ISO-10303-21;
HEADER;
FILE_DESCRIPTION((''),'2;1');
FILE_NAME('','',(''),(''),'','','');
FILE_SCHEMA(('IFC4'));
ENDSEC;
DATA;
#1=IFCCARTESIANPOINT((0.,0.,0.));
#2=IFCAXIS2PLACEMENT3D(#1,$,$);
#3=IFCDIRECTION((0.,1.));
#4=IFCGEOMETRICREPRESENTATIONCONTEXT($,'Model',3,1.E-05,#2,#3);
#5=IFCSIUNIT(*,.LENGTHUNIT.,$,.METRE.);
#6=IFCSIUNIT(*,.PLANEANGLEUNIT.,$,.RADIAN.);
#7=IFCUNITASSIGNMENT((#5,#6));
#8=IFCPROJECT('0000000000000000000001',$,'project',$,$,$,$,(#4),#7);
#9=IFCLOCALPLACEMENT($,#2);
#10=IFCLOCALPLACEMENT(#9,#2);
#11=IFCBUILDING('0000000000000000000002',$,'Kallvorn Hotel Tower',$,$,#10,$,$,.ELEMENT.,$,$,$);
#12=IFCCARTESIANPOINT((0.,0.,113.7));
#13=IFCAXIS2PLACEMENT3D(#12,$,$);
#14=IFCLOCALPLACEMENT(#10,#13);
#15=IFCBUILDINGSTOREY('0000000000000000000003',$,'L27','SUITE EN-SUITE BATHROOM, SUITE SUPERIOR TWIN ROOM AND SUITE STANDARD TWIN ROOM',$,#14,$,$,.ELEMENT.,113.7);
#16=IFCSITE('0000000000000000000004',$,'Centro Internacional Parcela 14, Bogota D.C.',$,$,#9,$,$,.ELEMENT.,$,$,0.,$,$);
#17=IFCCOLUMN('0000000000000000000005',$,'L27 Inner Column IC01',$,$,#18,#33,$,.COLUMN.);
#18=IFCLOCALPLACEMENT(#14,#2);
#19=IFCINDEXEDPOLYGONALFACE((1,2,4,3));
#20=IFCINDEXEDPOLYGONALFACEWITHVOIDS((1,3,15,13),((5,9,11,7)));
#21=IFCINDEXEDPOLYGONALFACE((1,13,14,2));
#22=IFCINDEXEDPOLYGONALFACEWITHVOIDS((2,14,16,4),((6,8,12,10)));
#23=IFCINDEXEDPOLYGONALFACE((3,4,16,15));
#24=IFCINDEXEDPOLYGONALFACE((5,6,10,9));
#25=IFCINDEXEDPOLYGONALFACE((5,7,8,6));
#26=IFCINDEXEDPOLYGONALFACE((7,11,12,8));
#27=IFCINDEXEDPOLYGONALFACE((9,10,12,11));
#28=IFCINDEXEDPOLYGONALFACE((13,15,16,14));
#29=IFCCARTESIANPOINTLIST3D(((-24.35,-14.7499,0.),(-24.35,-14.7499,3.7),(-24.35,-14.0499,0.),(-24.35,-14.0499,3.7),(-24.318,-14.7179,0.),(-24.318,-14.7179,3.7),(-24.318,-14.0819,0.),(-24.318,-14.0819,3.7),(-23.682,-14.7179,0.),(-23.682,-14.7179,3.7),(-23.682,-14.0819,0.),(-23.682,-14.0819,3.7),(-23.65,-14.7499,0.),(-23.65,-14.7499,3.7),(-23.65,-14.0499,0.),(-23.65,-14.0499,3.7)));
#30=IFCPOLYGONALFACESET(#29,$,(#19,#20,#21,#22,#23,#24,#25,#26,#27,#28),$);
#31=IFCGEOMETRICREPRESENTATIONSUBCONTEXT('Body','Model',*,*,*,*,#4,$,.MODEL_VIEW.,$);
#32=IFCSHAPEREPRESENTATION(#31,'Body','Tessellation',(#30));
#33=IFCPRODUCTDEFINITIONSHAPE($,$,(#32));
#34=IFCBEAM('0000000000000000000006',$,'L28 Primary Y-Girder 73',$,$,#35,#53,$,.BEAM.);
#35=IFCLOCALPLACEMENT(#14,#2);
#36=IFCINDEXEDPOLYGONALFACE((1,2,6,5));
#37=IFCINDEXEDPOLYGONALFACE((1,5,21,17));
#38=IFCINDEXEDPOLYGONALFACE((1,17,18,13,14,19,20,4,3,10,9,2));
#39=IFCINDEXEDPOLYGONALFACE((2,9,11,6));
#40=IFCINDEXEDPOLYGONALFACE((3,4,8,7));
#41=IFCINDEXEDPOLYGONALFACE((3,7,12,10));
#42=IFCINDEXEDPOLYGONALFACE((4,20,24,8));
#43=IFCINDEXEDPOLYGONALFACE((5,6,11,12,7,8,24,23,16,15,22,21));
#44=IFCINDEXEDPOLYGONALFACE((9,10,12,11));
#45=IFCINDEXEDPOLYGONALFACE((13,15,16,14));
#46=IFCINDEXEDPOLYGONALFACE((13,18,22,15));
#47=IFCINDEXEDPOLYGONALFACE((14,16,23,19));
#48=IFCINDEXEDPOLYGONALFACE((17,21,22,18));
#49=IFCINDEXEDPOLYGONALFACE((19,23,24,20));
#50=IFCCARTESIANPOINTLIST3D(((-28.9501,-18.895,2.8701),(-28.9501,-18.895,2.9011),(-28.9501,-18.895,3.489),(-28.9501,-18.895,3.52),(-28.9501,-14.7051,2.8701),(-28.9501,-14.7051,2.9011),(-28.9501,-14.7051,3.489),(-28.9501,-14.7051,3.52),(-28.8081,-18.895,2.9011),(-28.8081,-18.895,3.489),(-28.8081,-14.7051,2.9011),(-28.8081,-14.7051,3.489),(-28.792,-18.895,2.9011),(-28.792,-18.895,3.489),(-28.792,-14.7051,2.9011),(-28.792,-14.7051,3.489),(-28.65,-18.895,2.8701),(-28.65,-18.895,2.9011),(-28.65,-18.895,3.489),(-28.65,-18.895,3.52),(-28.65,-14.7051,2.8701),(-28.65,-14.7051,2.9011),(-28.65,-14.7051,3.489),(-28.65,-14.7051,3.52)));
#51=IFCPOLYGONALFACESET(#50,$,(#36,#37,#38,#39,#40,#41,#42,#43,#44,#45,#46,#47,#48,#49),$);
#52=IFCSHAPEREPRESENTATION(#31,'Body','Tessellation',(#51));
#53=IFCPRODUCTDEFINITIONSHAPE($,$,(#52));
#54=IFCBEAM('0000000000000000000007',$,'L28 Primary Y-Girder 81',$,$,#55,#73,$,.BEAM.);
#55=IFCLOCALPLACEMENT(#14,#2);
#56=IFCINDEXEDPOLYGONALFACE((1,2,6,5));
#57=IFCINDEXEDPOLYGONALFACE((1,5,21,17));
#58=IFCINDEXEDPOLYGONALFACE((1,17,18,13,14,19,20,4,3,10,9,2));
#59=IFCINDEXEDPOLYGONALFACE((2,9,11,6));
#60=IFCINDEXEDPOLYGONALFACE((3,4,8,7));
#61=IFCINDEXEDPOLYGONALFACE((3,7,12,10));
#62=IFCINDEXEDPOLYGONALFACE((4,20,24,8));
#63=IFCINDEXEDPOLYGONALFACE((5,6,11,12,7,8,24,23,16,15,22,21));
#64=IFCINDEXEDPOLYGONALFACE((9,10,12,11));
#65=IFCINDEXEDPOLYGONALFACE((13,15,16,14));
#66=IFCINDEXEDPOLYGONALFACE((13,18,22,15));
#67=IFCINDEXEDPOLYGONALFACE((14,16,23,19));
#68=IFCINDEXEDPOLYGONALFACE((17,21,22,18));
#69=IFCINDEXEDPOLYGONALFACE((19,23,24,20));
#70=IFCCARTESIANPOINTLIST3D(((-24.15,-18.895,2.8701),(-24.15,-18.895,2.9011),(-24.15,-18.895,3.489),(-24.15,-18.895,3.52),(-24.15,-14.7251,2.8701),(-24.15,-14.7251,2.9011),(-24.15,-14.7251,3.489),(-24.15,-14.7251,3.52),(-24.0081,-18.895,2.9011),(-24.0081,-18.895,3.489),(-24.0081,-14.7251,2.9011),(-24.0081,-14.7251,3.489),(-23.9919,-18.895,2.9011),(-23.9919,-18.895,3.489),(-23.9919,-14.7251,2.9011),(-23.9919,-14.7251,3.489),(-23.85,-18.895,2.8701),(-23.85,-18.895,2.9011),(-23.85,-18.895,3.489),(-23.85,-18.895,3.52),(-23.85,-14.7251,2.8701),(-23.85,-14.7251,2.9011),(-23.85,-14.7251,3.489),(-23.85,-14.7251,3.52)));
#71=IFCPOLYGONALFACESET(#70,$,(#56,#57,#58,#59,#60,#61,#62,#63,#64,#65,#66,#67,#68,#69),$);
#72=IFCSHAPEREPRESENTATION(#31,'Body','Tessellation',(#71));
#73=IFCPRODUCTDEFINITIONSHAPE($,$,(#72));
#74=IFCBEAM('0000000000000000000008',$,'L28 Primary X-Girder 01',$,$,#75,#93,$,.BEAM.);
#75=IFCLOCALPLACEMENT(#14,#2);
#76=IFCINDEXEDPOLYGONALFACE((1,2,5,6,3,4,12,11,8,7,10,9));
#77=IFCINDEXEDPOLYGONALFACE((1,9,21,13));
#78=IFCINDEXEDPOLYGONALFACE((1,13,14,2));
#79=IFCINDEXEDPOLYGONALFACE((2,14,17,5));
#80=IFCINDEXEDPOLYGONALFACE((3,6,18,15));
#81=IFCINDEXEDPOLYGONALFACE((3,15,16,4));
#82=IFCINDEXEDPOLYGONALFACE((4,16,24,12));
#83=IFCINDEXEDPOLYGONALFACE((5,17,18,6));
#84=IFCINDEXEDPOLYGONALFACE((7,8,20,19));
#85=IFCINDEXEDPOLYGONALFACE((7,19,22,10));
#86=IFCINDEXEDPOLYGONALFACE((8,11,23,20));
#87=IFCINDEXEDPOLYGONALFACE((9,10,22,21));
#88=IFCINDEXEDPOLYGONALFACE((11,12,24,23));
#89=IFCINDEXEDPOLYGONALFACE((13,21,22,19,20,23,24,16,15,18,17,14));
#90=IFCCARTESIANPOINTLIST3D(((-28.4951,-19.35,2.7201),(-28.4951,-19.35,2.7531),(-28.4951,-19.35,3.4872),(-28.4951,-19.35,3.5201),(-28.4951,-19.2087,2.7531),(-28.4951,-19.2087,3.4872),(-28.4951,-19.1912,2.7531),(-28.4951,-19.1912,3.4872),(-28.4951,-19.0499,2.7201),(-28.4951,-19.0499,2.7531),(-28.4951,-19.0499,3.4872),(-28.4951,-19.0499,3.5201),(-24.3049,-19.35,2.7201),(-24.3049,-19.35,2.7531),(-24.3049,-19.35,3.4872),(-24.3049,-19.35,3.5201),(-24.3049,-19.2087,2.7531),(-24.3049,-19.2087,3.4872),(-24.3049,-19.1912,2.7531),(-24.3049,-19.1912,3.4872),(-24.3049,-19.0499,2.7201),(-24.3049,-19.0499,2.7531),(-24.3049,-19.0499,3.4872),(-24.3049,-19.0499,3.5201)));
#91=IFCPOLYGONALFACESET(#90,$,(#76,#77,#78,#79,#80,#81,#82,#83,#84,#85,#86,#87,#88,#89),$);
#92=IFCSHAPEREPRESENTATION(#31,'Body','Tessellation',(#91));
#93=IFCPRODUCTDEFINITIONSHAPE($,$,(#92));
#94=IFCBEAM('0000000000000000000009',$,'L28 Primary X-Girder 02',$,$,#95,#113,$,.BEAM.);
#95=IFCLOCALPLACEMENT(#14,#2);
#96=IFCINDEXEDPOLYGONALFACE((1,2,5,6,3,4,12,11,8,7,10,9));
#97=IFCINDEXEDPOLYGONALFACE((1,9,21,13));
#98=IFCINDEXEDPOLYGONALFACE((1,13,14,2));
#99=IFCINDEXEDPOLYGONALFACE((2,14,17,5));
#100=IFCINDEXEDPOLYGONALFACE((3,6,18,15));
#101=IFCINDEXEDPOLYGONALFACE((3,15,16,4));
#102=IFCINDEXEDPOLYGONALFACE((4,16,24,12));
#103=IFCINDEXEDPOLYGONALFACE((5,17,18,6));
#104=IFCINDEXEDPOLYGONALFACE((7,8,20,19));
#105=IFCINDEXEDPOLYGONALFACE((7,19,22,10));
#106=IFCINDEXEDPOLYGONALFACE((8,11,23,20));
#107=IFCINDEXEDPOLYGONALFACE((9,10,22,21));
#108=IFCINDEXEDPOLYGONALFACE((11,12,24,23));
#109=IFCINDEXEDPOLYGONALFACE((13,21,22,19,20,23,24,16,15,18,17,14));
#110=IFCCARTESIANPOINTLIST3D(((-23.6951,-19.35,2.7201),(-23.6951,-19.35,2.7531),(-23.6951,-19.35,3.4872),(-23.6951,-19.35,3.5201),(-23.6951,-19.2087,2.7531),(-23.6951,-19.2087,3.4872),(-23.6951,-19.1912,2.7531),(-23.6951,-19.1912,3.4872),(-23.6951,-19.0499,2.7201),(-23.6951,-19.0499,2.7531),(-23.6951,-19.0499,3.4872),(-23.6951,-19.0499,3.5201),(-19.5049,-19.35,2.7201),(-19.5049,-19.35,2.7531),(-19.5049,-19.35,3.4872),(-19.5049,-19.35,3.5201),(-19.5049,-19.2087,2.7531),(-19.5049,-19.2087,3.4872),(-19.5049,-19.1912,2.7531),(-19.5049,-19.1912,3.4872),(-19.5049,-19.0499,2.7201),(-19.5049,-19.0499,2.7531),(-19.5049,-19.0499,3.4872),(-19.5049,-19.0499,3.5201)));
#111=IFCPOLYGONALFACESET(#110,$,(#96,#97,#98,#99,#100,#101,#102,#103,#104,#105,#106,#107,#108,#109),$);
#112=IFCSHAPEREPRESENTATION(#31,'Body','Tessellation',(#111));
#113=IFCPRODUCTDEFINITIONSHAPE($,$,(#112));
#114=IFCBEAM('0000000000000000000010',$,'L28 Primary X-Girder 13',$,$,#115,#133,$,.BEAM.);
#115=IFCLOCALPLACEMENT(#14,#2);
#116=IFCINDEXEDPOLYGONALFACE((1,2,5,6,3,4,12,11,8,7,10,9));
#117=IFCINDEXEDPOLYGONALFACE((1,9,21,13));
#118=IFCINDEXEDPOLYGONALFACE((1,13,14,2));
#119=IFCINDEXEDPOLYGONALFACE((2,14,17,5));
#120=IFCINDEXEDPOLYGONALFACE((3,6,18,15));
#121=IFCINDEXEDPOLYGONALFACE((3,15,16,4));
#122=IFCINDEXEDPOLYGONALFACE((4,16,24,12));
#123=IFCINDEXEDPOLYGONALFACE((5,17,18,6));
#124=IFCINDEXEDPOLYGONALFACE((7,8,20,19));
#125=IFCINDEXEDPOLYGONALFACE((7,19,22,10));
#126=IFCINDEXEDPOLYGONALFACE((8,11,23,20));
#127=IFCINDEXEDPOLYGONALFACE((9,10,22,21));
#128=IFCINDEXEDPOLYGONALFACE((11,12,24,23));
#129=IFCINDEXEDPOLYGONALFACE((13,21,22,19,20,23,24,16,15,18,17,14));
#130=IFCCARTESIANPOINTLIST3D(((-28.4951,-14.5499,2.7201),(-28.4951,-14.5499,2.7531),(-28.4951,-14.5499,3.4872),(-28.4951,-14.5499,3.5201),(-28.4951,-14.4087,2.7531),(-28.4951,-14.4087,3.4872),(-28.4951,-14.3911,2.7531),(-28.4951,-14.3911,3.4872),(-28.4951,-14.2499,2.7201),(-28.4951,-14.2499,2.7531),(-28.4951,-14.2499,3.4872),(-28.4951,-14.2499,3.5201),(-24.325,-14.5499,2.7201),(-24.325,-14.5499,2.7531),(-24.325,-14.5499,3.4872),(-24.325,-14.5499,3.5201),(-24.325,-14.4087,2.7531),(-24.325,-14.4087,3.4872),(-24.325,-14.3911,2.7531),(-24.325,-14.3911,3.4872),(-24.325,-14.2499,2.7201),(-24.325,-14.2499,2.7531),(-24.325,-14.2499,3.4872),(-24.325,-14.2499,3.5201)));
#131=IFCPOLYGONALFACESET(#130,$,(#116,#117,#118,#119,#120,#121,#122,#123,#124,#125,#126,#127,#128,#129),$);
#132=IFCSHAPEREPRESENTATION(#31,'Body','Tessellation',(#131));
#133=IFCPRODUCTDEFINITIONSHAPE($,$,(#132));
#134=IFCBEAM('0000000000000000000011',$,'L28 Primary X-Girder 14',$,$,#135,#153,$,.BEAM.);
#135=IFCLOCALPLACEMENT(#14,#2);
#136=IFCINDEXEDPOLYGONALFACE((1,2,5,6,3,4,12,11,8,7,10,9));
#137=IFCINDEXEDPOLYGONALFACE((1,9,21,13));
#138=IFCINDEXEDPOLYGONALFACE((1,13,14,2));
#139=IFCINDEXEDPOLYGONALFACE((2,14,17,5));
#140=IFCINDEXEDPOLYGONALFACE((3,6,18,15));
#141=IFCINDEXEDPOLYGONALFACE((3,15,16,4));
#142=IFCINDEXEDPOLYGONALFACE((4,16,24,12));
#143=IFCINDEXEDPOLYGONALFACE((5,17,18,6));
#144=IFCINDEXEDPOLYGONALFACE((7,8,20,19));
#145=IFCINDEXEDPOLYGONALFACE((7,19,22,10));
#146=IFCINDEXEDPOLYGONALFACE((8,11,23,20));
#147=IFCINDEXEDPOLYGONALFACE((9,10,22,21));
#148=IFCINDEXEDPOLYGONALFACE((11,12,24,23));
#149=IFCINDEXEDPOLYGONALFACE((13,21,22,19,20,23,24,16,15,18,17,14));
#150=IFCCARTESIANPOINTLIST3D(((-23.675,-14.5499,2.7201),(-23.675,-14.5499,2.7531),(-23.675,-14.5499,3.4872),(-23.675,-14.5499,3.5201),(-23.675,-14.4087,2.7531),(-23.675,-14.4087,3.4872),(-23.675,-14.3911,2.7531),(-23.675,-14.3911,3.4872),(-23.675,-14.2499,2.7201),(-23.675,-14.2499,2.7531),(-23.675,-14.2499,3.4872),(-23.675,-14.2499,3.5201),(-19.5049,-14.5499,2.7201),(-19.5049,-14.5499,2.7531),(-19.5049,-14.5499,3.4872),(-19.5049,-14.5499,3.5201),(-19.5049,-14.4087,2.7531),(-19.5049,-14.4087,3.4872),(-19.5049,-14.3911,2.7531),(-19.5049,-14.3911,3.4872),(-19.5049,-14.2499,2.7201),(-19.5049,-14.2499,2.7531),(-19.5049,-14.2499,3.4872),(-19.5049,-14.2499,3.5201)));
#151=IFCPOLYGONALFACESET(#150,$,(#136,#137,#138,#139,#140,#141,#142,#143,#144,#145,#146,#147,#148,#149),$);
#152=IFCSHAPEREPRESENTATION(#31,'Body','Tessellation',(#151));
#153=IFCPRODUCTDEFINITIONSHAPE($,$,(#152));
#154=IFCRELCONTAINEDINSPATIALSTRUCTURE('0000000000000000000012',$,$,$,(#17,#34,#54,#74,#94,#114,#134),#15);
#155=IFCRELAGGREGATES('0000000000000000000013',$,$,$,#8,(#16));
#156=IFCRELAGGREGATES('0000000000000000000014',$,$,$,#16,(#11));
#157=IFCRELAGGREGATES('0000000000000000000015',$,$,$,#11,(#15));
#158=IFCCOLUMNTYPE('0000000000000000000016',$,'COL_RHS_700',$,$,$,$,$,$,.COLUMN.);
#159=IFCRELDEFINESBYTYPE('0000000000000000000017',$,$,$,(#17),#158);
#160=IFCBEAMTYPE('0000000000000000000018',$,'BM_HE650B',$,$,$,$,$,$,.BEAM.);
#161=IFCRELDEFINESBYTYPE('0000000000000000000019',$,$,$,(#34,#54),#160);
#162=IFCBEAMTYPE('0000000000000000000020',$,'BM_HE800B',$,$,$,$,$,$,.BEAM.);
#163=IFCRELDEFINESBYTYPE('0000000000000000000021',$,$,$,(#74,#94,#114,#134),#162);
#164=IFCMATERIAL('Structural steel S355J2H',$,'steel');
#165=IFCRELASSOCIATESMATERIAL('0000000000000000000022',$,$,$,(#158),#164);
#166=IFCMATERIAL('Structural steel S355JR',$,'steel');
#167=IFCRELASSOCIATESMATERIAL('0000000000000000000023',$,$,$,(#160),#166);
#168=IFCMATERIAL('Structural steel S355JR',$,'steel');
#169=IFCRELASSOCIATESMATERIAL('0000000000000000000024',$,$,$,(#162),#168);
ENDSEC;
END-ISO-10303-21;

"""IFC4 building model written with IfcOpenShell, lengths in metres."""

from ifc_helpers import new_model, si_unit, direction, frame, origin, origin_2d, place, context, subcontext, project, spatial, hollow_rectangle, i_section, extrude, material, material_profile, profile_set, type_object, element, save


model = new_model("IFC4")

# Units and contexts
model_context = context("Model", 3, precision=1e-05, world=origin(), true_north=direction((0.0, 1.0)))
body_context = subcontext(model_context, "Body", "Model", "MODEL_VIEW")
ifc_project = project(units=[si_unit("LENGTHUNIT", "METRE"), si_unit("PLANEANGLEUNIT", "RADIAN")], contexts=[model_context])

# Site, building, storey
site_placement = place(None, origin())
site = spatial("IfcSite", under=ifc_project, at=site_placement, Name="Centro Internacional Parcela 14, Bogota D.C.", CompositionType="ELEMENT", RefElevation=0.0)
building_placement = place(site_placement, origin())
building = spatial("IfcBuilding", under=site, at=building_placement, Name="Kallvorn Hotel Tower", CompositionType="ELEMENT")
storey_placement = place(building_placement, frame((0.0, 0.0, 113.7)))
storey = spatial("IfcBuildingStorey", under=building, at=storey_placement, Name="L27", Description="SUITE EN-SUITE BATHROOM, SUITE SUPERIOR TWIN ROOM AND SUITE STANDARD TWIN ROOM", CompositionType="ELEMENT", Elevation=113.7)

# Column
ifc_material_1 = material(Name="Structural steel S355J2H", Category="steel")
ifc_material_profile_1 = material_profile(ifc_material_1, hollow_rectangle(XDim=0.7, YDim=0.7, WallThickness=0.032, at=origin_2d()), Name="RHS 700x700x32")
ifc_profile_set_1 = profile_set([ifc_material_profile_1], Name="Structural steel S355J2H")
column_type_1 = type_object("IfcColumnType", Name="COL_RHS_700", PredefinedType="COLUMN", material=ifc_profile_set_1)
column_placement = place(storey_placement, frame((-24.0, -14.3999, 0.0), z_axis=(0.0, 0.0, 1.0), x_axis=(1.0, 0.0, 0.0)))
element("IfcColumn", 1, at=column_placement, inside=storey, type_object=column_type_1, Name="L27 Inner Column IC01", PredefinedType="COLUMN", context=body_context, shape_type="SweptSolid", body=[
    extrude(hollow_rectangle(XDim=0.7, YDim=0.7, WallThickness=0.032, at=origin_2d()), origin(), (0.0, 0.0, 1.0), 3.7),
])

# Beams
ifc_material_2 = material(Name="Structural steel S355JR", Category="steel")
ifc_material_profile_2 = material_profile(ifc_material_2, i_section(OverallWidth=0.3, OverallDepth=0.6499, WebThickness=0.0161, FlangeThickness=0.031, at=origin_2d()), Name="HE 650 B")
ifc_profile_set_2 = profile_set([ifc_material_profile_2], Name="Structural steel S355JR")
beam_type_1 = type_object("IfcBeamType", Name="BM_HE650B", PredefinedType="BEAM", material=ifc_profile_set_2)
beam_1_placement = place(storey_placement, frame((-28.8, -18.895, 3.1951), z_axis=(0.0, 1.0, 0.0), x_axis=(-1.0, 0.0, 0.0)))
element("IfcBeam", 2, at=beam_1_placement, inside=storey, type_object=beam_type_1, Name="L28 Primary Y-Girder 73", PredefinedType="BEAM", context=body_context, shape_type="SweptSolid", body=[
    extrude(i_section(OverallWidth=0.3, OverallDepth=0.6499, WebThickness=0.0161, FlangeThickness=0.031, at=origin_2d()), origin(), (0.0, 0.0, 1.0), 4.1899),
])
beam_2_placement = place(storey_placement, frame((-24.0, -18.895, 3.1951), z_axis=(0.0, 1.0, 0.0), x_axis=(-1.0, 0.0, 0.0)))
element("IfcBeam", 3, at=beam_2_placement, inside=storey, type_object=beam_type_1, Name="L28 Primary Y-Girder 81", PredefinedType="BEAM", context=body_context, shape_type="SweptSolid", body=[
    extrude(i_section(OverallWidth=0.3, OverallDepth=0.6499, WebThickness=0.0161, FlangeThickness=0.031, at=origin_2d()), origin(), (0.0, 0.0, 1.0), 4.1699),
])
ifc_material_3 = material(Name="Structural steel S355JR", Category="steel")
ifc_material_profile_3 = material_profile(ifc_material_3, i_section(OverallWidth=0.3, OverallDepth=0.8, WebThickness=0.0176, FlangeThickness=0.033, at=origin_2d()), Name="HE 800 B")
ifc_profile_set_3 = profile_set([ifc_material_profile_3], Name="Structural steel S355JR")
beam_type_2 = type_object("IfcBeamType", Name="BM_HE800B", PredefinedType="BEAM", material=ifc_profile_set_3)
for number, where, z_axis, x_axis, name in (
    (4, (-28.4951, -19.2, 3.1201), (1.0, 0.0, 0.0), (0.0, 1.0, 0.0), "L28 Primary X-Girder 01"),
    (5, (-23.6951, -19.2, 3.1201), (1.0, 0.0, 0.0), (0.0, 1.0, 0.0), "L28 Primary X-Girder 02"),
):
    element("IfcBeam", number, at=place(storey_placement, frame(where, z_axis=z_axis, x_axis=x_axis)), inside=storey, type_object=beam_type_2, Name=name, PredefinedType="BEAM", context=body_context, shape_type="SweptSolid", body=[
        extrude(i_section(OverallWidth=0.3, OverallDepth=0.8, WebThickness=0.0176, FlangeThickness=0.033, at=origin_2d()), origin(), (0.0, 0.0, 1.0), 4.1902),
    ])
for number, where, z_axis, x_axis, name in (
    (6, (-28.4951, -14.3999, 3.1201), (1.0, 0.0, 0.0), (0.0, 1.0, 0.0), "L28 Primary X-Girder 13"),
    (7, (-23.675, -14.3999, 3.1201), (1.0, 0.0, 0.0), (0.0, 1.0, 0.0), "L28 Primary X-Girder 14"),
):
    element("IfcBeam", number, at=place(storey_placement, frame(where, z_axis=z_axis, x_axis=x_axis)), inside=storey, type_object=beam_type_2, Name=name, PredefinedType="BEAM", context=body_context, shape_type="SweptSolid", body=[
        extrude(i_section(OverallWidth=0.3, OverallDepth=0.8, WebThickness=0.0176, FlangeThickness=0.033, at=origin_2d()), origin(), (0.0, 0.0, 1.0), 4.1702),
    ])

save(model, "model.ifc")
